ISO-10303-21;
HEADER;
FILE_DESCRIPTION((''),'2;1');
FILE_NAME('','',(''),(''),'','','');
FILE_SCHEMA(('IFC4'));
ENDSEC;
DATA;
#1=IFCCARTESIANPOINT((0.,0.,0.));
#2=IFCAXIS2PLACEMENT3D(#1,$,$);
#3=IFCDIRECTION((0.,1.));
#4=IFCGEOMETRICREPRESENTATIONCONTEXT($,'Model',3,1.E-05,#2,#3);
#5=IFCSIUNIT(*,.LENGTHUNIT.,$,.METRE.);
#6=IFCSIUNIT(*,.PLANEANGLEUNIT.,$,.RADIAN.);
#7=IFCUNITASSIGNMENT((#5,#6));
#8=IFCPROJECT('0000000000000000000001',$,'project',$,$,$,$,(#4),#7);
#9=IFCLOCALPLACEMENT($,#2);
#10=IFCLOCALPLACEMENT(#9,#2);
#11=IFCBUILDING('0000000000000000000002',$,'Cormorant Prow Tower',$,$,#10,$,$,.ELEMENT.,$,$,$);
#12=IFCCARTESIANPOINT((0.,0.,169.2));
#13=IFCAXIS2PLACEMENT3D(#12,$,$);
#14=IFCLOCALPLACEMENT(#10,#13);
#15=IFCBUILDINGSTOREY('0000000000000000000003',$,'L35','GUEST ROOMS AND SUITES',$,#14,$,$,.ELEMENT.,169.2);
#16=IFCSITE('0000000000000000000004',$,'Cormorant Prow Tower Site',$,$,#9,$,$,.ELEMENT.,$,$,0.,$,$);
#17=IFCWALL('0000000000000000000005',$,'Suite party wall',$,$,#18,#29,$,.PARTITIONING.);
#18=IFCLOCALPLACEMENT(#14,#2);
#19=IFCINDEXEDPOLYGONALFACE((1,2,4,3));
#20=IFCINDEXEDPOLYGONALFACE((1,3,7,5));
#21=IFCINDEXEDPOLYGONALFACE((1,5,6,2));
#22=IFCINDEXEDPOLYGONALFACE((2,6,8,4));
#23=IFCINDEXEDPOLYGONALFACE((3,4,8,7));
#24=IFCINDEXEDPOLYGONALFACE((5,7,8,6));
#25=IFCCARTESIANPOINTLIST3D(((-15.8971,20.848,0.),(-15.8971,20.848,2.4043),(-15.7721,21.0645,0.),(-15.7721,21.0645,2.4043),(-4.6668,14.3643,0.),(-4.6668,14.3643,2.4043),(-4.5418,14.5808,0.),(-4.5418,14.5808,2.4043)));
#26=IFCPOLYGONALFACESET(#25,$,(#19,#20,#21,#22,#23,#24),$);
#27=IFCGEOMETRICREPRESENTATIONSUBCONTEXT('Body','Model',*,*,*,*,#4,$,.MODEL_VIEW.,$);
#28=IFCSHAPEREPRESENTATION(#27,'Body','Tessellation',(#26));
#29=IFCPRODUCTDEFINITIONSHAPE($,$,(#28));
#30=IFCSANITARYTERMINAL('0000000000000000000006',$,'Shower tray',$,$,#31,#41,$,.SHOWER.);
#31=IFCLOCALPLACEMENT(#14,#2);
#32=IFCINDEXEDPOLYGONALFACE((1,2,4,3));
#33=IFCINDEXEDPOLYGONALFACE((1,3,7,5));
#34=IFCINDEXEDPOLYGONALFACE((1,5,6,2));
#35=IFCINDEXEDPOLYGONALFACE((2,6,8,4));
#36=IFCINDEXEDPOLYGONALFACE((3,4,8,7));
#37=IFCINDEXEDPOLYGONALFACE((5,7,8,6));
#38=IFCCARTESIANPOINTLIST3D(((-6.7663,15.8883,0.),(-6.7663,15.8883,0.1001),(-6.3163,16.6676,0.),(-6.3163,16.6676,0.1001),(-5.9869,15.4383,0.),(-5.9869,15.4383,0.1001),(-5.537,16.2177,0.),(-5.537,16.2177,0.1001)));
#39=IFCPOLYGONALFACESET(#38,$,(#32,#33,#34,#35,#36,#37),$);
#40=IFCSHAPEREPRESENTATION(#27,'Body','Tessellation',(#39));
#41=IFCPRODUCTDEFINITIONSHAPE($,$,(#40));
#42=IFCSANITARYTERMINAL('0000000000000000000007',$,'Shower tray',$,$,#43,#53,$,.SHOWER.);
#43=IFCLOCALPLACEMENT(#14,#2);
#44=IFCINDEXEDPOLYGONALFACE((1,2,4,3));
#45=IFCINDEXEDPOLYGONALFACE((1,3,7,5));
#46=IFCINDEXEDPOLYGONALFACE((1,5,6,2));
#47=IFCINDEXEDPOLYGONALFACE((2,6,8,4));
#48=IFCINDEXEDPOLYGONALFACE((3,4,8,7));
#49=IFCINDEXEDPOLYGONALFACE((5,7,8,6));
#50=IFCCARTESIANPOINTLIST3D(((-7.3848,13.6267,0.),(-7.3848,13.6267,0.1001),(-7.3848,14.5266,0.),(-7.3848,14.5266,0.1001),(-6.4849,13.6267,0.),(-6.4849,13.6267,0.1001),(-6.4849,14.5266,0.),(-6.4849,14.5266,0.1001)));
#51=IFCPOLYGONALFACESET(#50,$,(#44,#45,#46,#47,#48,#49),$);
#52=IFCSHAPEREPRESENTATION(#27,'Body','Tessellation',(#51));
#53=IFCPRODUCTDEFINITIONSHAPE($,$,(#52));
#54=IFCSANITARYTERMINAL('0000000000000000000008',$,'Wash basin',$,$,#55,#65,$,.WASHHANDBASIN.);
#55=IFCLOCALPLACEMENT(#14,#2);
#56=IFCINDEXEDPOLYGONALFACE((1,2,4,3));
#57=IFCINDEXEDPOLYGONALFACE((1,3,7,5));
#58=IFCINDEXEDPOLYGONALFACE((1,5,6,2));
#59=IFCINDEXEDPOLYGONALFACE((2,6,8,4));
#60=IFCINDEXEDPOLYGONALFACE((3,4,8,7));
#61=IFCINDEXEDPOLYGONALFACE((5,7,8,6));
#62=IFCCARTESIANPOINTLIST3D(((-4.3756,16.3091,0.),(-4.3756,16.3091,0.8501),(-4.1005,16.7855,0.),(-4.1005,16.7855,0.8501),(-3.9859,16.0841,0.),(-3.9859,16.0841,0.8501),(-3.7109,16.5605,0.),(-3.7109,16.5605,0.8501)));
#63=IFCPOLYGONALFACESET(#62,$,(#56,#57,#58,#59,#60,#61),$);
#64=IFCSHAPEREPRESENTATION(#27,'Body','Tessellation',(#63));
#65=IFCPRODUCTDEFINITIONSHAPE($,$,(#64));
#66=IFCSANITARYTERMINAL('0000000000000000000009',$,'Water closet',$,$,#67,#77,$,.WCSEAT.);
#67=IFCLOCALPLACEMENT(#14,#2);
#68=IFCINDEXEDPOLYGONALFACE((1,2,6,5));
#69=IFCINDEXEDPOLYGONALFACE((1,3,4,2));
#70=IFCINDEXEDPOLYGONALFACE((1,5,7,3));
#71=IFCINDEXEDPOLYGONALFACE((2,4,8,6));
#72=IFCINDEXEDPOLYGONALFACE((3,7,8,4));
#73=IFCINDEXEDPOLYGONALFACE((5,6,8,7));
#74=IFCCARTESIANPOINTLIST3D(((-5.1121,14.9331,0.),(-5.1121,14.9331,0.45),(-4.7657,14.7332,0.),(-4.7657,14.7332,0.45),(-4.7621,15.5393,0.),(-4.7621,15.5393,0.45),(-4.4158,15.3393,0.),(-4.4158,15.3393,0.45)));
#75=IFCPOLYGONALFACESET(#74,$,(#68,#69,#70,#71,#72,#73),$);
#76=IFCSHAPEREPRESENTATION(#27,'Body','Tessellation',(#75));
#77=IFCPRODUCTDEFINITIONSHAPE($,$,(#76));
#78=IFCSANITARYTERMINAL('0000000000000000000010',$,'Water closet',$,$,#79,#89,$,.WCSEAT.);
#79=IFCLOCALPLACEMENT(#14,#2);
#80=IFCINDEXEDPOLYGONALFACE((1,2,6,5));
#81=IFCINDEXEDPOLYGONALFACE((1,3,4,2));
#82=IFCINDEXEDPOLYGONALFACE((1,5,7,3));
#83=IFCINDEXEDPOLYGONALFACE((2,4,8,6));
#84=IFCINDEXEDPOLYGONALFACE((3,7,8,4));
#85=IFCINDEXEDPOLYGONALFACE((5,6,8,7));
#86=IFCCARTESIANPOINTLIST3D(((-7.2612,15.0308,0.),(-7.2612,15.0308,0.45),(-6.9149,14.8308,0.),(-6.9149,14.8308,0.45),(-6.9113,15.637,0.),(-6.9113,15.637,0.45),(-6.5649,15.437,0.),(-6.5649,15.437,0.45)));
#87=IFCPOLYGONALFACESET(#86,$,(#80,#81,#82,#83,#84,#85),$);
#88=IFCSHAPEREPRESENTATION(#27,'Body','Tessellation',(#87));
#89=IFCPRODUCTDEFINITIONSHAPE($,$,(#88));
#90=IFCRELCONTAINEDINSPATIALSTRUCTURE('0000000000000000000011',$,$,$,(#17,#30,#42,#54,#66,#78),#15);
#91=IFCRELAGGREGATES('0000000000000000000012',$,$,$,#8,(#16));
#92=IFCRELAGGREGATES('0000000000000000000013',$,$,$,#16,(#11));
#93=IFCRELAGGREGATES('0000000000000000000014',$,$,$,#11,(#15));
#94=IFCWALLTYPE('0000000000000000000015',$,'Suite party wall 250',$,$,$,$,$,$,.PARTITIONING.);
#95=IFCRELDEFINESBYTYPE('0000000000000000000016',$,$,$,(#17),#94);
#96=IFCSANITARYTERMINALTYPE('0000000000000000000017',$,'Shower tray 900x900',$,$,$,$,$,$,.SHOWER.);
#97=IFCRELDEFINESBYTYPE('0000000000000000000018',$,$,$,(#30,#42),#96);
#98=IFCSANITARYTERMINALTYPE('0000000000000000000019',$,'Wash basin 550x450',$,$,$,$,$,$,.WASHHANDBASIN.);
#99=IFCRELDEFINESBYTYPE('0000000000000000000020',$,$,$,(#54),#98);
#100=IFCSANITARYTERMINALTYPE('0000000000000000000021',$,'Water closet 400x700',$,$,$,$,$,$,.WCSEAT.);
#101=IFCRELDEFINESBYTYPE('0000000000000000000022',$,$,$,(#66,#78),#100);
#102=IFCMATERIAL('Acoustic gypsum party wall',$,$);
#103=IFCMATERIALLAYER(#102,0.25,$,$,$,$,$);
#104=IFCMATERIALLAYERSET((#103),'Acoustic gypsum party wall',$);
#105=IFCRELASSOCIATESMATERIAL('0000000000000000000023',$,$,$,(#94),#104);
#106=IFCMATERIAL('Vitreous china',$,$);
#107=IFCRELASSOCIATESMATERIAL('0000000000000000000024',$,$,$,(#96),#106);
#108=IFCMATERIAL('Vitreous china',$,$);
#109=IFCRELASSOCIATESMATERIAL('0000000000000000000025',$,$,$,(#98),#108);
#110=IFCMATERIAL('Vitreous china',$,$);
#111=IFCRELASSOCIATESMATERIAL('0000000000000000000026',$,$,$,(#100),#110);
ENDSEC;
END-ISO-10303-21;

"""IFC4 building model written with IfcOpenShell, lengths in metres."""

from ifc_helpers import new_model, si_unit, direction, frame, frame_2d, origin, origin_2d, place, context, subcontext, project, spatial, rectangle, extrude, material, layer, layer_set, type_object, element, save


model = new_model("IFC4")

# Units and contexts
model_context = context("Model", 3, precision=1e-05, world=origin(), true_north=direction((0.0, 1.0)))
body_context = subcontext(model_context, "Body", "Model", "MODEL_VIEW")
ifc_project = project(units=[si_unit("LENGTHUNIT", "METRE"), si_unit("PLANEANGLEUNIT", "RADIAN")], contexts=[model_context])

# Site, building, storey
site_placement = place(None, origin())
site = spatial("IfcSite", under=ifc_project, at=site_placement, Name="Cormorant Prow Tower Site", CompositionType="ELEMENT", RefElevation=0.0)
building_placement = place(site_placement, origin())
building = spatial("IfcBuilding", under=site, at=building_placement, Name="Cormorant Prow Tower", CompositionType="ELEMENT")
storey_placement = place(building_placement, frame((0.0, 0.0, 169.2)))
storey = spatial("IfcBuildingStorey", under=building, at=storey_placement, Name="L35", Description="GUEST ROOMS AND SUITES", CompositionType="ELEMENT", Elevation=169.2)

# Wall
ifc_material_1 = material(Name="Acoustic gypsum party wall")
ifc_layer_1 = layer(ifc_material_1, 0.25)
ifc_layer_set_1 = layer_set([ifc_layer_1], Name="Acoustic gypsum party wall")
wall_type_1 = type_object("IfcWallType", Name="Suite party wall 250", PredefinedType="PARTITIONING", material=ifc_layer_set_1)
wall_1_placement = place(storey_placement, frame((-15.8347, 20.9563, 0.0), z_axis=(0.0, 0.0, 1.0), x_axis=(0.86603, -0.499992, 0.0)))
element("IfcWall", 1, at=wall_1_placement, inside=storey, type_object=wall_type_1, Name="Suite party wall", PredefinedType="PARTITIONING", context=body_context, shape_type="SweptSolid", body=[
    extrude(rectangle(XDim=12.9675, YDim=0.25, at=frame_2d((6.4839, 0.0))), origin(), (0.0, 0.0, 1.0), 2.4043),
])

# Sanitary terminals
ifc_material_2 = material(Name="Vitreous china")
sanitary_terminal_type_1 = type_object("IfcSanitaryTerminalType", Name="Shower tray 900x900", PredefinedType="SHOWER", material=ifc_material_2)
for number, where, z_axis, x_axis, name in (
    (2, (-6.1516, 16.053, 0.0), (0.0, 0.0, 1.0), (0.5, 0.866025, 0.0), "Shower tray"),
    (3, (-6.9348, 14.0767, 0.0), (0.0, 0.0, 1.0), (1.0, 0.0, 0.0), "Shower tray"),
):
    element("IfcSanitaryTerminal", number, at=place(storey_placement, frame(where, z_axis=z_axis, x_axis=x_axis)), inside=storey, type_object=sanitary_terminal_type_1, Name=name, PredefinedType="SHOWER", context=body_context, shape_type="SweptSolid", body=[
        extrude(rectangle(XDim=0.8999, YDim=0.8999, at=origin_2d()), origin(), (0.0, 0.0, 1.0), 0.1001),
    ])
ifc_material_3 = material(Name="Vitreous china")
sanitary_terminal_type_2 = type_object("IfcSanitaryTerminalType", Name="Wash basin 550x450", PredefinedType="WASHHANDBASIN", material=ifc_material_3)
sanitary_terminal_placement = place(storey_placement, frame((-4.0432, 16.4348, 0.0), z_axis=(0.0, 0.0, 1.0), x_axis=(-0.5, -0.866025, 0.0)))
element("IfcSanitaryTerminal", 4, at=sanitary_terminal_placement, inside=storey, type_object=sanitary_terminal_type_2, Name="Wash basin", PredefinedType="WASHHANDBASIN", context=body_context, shape_type="SweptSolid", body=[
    extrude(rectangle(XDim=0.55, YDim=0.45, at=origin_2d()), origin(), (0.0, 0.0, 1.0), 0.8501),
])
ifc_material_4 = material(Name="Vitreous china")
sanitary_terminal_type_3 = type_object("IfcSanitaryTerminalType", Name="Water closet 400x700", PredefinedType="WCSEAT", material=ifc_material_4)
for number, where, z_axis, x_axis, name in (
    (5, (-4.7639, 15.1362, 0.0), (0.0, 0.0, 1.0), (-0.866025, 0.5, 0.0), "Water closet"),
    (6, (-6.9131, 15.2339, 0.0), (0.0, 0.0, 1.0), (0.866025, -0.5, 0.0), "Water closet"),
):
    element("IfcSanitaryTerminal", number, at=place(storey_placement, frame(where, z_axis=z_axis, x_axis=x_axis)), inside=storey, type_object=sanitary_terminal_type_3, Name=name, PredefinedType="WCSEAT", context=body_context, shape_type="SweptSolid", body=[
        extrude(rectangle(XDim=0.3999, YDim=0.7, at=origin_2d()), origin(), (0.0, 0.0, 1.0), 0.45),
    ])

save(model, "model.ifc")
